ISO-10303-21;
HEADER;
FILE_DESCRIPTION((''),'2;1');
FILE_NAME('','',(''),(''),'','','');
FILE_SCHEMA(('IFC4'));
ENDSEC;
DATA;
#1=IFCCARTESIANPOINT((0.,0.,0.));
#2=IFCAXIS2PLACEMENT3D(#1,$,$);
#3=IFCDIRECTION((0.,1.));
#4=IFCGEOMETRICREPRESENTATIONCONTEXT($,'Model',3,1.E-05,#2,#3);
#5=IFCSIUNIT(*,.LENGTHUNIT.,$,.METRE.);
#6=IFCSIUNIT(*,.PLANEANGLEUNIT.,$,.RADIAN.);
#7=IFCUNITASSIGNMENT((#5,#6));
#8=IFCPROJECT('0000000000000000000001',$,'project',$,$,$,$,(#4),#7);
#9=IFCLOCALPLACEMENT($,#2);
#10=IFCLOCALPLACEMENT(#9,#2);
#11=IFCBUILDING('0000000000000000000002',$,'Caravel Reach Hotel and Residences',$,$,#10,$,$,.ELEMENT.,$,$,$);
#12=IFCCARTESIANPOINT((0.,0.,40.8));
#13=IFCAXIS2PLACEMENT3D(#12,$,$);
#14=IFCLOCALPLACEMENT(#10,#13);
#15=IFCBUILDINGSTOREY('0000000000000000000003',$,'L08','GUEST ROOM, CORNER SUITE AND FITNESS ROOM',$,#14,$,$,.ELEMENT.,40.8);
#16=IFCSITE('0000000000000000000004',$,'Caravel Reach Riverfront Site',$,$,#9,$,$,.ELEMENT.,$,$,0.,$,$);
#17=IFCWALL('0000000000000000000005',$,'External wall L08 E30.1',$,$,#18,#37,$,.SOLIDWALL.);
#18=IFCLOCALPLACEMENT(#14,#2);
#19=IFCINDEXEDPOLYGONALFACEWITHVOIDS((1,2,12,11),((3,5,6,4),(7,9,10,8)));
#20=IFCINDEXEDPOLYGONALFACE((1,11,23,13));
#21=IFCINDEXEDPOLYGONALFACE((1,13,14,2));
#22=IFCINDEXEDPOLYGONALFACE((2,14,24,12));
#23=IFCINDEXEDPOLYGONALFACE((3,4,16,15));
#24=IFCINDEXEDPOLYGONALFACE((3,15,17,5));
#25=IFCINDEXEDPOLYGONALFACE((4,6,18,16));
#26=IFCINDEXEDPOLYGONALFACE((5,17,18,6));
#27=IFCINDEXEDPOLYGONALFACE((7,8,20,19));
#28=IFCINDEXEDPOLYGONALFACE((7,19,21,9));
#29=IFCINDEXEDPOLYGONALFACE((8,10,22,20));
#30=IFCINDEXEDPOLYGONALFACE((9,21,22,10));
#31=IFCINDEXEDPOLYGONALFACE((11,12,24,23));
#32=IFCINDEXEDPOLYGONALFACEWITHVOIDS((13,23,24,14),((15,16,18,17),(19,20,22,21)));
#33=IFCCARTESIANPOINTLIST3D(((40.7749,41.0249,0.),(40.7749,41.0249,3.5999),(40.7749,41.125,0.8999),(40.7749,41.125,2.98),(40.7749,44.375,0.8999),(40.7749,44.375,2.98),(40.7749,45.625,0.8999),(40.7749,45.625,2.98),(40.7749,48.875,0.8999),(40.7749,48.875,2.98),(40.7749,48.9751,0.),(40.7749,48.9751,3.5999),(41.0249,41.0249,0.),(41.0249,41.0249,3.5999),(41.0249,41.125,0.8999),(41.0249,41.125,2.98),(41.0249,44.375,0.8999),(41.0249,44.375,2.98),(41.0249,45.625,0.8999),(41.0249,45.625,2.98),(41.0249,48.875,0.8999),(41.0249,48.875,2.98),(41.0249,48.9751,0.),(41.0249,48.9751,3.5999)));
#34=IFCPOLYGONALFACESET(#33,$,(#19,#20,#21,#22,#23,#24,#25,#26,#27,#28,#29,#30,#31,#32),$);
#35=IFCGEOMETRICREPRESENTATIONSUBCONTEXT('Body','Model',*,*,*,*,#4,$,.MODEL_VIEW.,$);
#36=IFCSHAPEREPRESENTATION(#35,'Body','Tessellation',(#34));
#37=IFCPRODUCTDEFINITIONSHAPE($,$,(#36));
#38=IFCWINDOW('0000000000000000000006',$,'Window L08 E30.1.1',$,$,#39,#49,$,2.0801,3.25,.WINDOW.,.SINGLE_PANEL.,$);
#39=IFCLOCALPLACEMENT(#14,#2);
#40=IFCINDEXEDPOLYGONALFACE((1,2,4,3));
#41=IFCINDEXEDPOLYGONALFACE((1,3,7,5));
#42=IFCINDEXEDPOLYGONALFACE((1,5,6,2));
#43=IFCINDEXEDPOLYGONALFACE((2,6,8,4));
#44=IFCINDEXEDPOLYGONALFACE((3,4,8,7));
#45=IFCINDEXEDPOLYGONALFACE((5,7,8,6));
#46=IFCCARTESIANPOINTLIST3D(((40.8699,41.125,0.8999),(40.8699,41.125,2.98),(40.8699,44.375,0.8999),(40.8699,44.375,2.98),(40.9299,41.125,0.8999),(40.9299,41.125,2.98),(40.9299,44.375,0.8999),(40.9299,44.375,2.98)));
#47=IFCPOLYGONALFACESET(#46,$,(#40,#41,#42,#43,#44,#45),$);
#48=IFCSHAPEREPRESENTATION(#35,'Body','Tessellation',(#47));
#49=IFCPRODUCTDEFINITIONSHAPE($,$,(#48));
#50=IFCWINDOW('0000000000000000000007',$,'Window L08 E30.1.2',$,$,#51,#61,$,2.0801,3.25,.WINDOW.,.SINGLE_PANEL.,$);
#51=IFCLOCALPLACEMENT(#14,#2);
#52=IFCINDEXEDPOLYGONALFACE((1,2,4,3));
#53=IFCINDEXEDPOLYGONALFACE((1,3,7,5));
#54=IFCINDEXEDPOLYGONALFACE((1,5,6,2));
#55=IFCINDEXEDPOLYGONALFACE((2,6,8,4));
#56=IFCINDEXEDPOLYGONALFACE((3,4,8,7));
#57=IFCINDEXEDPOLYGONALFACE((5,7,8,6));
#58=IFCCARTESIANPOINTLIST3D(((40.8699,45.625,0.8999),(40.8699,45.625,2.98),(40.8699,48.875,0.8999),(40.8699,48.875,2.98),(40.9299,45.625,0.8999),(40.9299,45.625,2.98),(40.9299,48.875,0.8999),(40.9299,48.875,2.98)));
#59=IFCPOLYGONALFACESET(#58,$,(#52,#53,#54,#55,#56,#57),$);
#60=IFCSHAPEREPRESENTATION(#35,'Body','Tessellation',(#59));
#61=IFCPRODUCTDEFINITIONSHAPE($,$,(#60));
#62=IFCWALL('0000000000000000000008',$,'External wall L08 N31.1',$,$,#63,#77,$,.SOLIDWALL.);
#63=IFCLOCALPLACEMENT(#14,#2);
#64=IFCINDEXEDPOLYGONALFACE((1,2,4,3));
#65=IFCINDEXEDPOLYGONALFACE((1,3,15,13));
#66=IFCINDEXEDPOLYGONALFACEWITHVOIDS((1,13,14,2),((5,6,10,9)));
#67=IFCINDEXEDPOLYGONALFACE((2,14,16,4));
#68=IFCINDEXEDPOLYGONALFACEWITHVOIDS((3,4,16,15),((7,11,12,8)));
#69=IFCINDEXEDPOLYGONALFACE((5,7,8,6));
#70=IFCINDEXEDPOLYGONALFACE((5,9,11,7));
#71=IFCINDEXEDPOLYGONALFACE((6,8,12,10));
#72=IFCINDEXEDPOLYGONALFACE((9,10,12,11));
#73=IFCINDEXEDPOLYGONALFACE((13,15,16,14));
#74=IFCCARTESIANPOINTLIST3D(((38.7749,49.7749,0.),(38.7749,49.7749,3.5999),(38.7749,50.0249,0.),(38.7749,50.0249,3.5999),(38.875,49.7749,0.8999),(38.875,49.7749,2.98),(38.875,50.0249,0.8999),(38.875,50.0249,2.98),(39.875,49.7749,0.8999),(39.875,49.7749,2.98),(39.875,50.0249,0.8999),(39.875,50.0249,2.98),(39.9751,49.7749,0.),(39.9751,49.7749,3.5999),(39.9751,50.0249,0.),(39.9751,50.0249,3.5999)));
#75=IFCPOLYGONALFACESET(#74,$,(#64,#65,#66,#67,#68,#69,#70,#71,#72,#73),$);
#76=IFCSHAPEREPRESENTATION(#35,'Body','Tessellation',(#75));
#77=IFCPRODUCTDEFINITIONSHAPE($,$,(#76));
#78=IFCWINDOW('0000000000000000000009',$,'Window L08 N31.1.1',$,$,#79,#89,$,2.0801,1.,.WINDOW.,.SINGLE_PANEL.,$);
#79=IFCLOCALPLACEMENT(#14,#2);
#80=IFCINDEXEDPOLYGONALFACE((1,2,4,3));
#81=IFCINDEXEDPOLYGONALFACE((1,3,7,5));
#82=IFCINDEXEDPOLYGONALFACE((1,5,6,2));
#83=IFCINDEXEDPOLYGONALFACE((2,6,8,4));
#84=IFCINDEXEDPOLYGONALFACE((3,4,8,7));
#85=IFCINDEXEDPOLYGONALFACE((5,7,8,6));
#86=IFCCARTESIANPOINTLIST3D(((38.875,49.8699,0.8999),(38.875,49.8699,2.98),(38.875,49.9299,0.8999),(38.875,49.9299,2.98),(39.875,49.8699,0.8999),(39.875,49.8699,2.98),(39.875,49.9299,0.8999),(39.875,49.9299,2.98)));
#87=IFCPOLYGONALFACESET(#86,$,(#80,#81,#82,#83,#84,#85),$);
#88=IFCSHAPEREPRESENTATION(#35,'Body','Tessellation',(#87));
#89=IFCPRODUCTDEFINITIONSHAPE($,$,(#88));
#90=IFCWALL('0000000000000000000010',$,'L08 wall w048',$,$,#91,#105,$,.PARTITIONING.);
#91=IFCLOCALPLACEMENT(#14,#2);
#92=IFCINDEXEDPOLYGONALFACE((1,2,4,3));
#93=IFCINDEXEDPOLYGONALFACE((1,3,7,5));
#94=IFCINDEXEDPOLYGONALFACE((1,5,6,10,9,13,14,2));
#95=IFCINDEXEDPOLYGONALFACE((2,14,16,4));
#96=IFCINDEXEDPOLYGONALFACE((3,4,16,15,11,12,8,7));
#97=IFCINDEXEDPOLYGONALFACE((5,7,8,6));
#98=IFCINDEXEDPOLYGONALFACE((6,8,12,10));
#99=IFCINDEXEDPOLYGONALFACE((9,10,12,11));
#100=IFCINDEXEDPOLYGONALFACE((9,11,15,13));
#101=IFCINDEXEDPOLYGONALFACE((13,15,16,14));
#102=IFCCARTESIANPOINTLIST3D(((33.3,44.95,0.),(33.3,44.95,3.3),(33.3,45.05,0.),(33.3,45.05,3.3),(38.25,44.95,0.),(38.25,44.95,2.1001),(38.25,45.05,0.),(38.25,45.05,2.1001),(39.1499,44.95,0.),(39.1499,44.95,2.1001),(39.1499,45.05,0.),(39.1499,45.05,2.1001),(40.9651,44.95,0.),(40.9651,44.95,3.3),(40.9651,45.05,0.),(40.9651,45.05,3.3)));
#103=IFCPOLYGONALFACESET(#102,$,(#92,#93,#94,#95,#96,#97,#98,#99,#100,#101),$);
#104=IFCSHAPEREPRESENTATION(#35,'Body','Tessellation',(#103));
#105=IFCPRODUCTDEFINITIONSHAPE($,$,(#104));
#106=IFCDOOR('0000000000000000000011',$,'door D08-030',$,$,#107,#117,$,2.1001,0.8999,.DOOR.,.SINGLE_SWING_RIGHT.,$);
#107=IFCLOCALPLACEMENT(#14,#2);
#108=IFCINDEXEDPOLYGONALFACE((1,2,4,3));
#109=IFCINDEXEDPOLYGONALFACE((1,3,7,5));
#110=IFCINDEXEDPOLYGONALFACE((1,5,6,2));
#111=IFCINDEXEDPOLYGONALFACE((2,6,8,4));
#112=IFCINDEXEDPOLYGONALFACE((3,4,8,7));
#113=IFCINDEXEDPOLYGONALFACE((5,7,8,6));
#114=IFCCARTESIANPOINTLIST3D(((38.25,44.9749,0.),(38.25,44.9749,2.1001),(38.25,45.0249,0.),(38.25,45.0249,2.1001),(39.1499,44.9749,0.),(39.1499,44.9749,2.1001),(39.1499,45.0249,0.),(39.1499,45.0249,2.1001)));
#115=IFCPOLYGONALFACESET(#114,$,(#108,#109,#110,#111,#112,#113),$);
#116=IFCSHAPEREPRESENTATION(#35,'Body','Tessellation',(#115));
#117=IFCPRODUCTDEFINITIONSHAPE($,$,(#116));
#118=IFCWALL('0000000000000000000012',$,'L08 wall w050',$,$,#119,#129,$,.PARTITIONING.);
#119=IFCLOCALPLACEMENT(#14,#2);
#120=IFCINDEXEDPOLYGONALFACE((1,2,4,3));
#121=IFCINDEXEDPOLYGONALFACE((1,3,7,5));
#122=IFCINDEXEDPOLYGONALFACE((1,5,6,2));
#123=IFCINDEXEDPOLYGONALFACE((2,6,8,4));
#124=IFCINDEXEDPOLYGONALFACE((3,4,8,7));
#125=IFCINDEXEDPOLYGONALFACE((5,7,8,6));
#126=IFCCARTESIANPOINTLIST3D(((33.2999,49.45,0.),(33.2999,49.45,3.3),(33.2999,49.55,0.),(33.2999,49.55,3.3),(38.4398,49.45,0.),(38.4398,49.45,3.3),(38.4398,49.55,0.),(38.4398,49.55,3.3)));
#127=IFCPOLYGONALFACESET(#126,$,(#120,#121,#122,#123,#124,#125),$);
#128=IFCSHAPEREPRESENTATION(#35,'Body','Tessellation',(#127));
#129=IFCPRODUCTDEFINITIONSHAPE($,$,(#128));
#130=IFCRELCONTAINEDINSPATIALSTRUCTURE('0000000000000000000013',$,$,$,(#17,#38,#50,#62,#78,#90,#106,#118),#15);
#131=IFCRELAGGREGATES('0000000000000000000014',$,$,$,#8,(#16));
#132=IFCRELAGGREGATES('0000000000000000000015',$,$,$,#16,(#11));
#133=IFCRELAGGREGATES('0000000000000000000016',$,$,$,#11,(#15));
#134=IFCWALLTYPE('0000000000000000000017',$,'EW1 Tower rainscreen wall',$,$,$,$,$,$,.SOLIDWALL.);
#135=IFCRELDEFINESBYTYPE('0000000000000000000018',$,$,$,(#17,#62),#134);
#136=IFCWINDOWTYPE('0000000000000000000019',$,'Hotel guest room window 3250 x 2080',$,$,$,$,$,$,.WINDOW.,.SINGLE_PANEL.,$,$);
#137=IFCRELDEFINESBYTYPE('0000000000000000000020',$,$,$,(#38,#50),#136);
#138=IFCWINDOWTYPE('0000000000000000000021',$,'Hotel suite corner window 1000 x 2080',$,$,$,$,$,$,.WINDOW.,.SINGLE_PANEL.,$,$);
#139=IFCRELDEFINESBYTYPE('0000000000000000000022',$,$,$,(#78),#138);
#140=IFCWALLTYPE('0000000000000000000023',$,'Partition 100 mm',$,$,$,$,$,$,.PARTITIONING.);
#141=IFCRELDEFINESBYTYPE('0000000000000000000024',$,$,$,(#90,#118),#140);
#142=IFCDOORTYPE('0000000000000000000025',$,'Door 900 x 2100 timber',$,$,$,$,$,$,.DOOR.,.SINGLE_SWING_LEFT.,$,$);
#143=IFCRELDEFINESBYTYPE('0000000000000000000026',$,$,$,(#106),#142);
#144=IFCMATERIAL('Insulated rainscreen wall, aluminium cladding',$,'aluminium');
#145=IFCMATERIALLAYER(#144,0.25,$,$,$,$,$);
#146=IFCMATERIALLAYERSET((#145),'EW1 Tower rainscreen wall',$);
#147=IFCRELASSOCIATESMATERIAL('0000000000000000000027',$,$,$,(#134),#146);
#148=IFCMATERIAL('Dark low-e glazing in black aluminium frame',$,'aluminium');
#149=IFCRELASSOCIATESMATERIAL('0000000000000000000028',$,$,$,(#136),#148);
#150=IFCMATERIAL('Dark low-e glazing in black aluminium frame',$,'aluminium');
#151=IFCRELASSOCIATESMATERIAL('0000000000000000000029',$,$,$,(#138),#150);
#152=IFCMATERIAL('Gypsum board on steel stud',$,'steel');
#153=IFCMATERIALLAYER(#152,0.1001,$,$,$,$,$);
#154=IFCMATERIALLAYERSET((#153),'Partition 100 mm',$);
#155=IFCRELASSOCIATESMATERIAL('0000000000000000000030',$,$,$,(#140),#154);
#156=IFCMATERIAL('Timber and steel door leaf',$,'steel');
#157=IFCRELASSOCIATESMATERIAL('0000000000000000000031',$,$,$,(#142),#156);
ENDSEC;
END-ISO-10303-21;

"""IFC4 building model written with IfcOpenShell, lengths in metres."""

from ifc_helpers import new_model, si_unit, direction, frame, frame_2d, origin, place, context, subcontext, project, spatial, rectangle, extrude, material, layer, layer_set, type_object, element, fill, save


model = new_model("IFC4")

# Units and contexts
model_context = context("Model", 3, precision=1e-05, world=origin(), true_north=direction((0.0, 1.0)))
body_context = subcontext(model_context, "Body", "Model", "MODEL_VIEW")
ifc_project = project(units=[si_unit("LENGTHUNIT", "METRE"), si_unit("PLANEANGLEUNIT", "RADIAN")], contexts=[model_context])

# Site, building, storey
site_placement = place(None, origin())
site = spatial("IfcSite", under=ifc_project, at=site_placement, Name="Caravel Reach Riverfront Site", CompositionType="ELEMENT", RefElevation=0.0)
building_placement = place(site_placement, origin())
building = spatial("IfcBuilding", under=site, at=building_placement, Name="Caravel Reach Hotel and Residences", CompositionType="ELEMENT")
storey_placement = place(building_placement, frame((0.0, 0.0, 40.8)))
storey = spatial("IfcBuildingStorey", under=building, at=storey_placement, Name="L08", Description="GUEST ROOM, CORNER SUITE AND FITNESS ROOM", CompositionType="ELEMENT", Elevation=40.8)

# Wall, openings, windows
ifc_material_1 = material(Name="Insulated rainscreen wall, aluminium cladding", Category="aluminium")
ifc_layer_1 = layer(ifc_material_1, 0.25)
ifc_layer_set_1 = layer_set([ifc_layer_1], Name="EW1 Tower rainscreen wall")
wall_type_1 = type_object("IfcWallType", Name="EW1 Tower rainscreen wall", PredefinedType="SOLIDWALL", material=ifc_layer_set_1)
wall_1_placement = place(storey_placement, frame((40.8999, 41.0249, 0.0), z_axis=(0.0, 0.0, 1.0), x_axis=(0.0, 1.0, 0.0)))
wall_1 = element("IfcWall", 1, at=wall_1_placement, inside=storey, type_object=wall_type_1, Name="External wall L08 E30.1", PredefinedType="SOLIDWALL", context=body_context, shape_type="SweptSolid", body=[
    extrude(rectangle(XDim=7.9502, YDim=0.25, at=frame_2d((3.9751, 0.0))), origin(), (0.0, 0.0, 1.0), 3.5999),
])
opening_1_placement = place(wall_1_placement, frame((0.1001, 0.0, 0.8999)))
opening_1 = element("IfcOpeningElement", 2, at=opening_1_placement, cuts=wall_1, PredefinedType="OPENING", context=body_context, shape_type="SweptSolid", body=[
    extrude(rectangle(XDim=3.25, YDim=2.0801, at=frame_2d((1.625, 1.04))), frame((0.0, 0.135, 0.0), z_axis=(0.0, -1.0, 0.0), x_axis=(1.0, 0.0, 0.0)), (0.0, 0.0, 1.0), 0.27),
])
opening_2_placement = place(wall_1_placement, frame((4.6001, 0.0, 0.8999)))
opening_2 = element("IfcOpeningElement", 3, at=opening_2_placement, cuts=wall_1, PredefinedType="OPENING", context=body_context, shape_type="SweptSolid", body=[
    extrude(rectangle(XDim=3.25, YDim=2.0801, at=frame_2d((1.625, 1.04))), frame((0.0, 0.135, 0.0), z_axis=(0.0, -1.0, 0.0), x_axis=(1.0, 0.0, 0.0)), (0.0, 0.0, 1.0), 0.27),
])
ifc_material_2 = material(Name="Dark low-e glazing in black aluminium frame", Category="aluminium")
window_type_1 = type_object("IfcWindowType", Name="Hotel guest room window 3250 x 2080", PartitioningType="SINGLE_PANEL", PredefinedType="WINDOW", material=ifc_material_2)
window_1_placement = place(opening_1_placement, origin())
window_1 = element("IfcWindow", 4, at=window_1_placement, inside=storey, type_object=window_type_1, Name="Window L08 E30.1.1", OverallHeight=2.0801, OverallWidth=3.25, PartitioningType="SINGLE_PANEL", PredefinedType="WINDOW", context=body_context, shape_type="SweptSolid", body=[
    extrude(rectangle(XDim=3.25, YDim=2.0801, at=frame_2d((1.625, 1.04))), frame((0.0, 0.03, 0.0), z_axis=(0.0, -1.0, 0.0), x_axis=(1.0, 0.0, 0.0)), (0.0, 0.0, 1.0), 0.0601),
])
fill(opening_1, window_1)
window_2_placement = place(opening_2_placement, origin())
window_2 = element("IfcWindow", 5, at=window_2_placement, inside=storey, type_object=window_type_1, Name="Window L08 E30.1.2", OverallHeight=2.0801, OverallWidth=3.25, PartitioningType="SINGLE_PANEL", PredefinedType="WINDOW", context=body_context, shape_type="SweptSolid", body=[
    extrude(rectangle(XDim=3.25, YDim=2.0801, at=frame_2d((1.625, 1.04))), frame((0.0, 0.03, 0.0), z_axis=(0.0, -1.0, 0.0), x_axis=(1.0, 0.0, 0.0)), (0.0, 0.0, 1.0), 0.0601),
])
fill(opening_2, window_2)

# Wall, opening, window
wall_2_placement = place(storey_placement, frame((39.9751, 49.8999, 0.0), z_axis=(0.0, 0.0, 1.0), x_axis=(-1.0, 0.0, 0.0)))
wall_2 = element("IfcWall", 6, at=wall_2_placement, inside=storey, type_object=wall_type_1, Name="External wall L08 N31.1", PredefinedType="SOLIDWALL", context=body_context, shape_type="SweptSolid", body=[
    extrude(rectangle(XDim=1.2002, YDim=0.25, at=frame_2d((0.6001, 0.0))), origin(), (0.0, 0.0, 1.0), 3.5999),
])
opening_3_placement = place(wall_2_placement, frame((0.1001, 0.0, 0.8999)))
opening_3 = element("IfcOpeningElement", 7, at=opening_3_placement, cuts=wall_2, PredefinedType="OPENING", context=body_context, shape_type="SweptSolid", body=[
    extrude(rectangle(XDim=1.0, YDim=2.0801, at=frame_2d((0.5, 1.04))), frame((0.0, 0.135, 0.0), z_axis=(0.0, -1.0, 0.0), x_axis=(1.0, 0.0, 0.0)), (0.0, 0.0, 1.0), 0.27),
])
ifc_material_3 = material(Name="Dark low-e glazing in black aluminium frame", Category="aluminium")
window_type_2 = type_object("IfcWindowType", Name="Hotel suite corner window 1000 x 2080", PartitioningType="SINGLE_PANEL", PredefinedType="WINDOW", material=ifc_material_3)
window_3_placement = place(opening_3_placement, origin())
window_3 = element("IfcWindow", 8, at=window_3_placement, inside=storey, type_object=window_type_2, Name="Window L08 N31.1.1", OverallHeight=2.0801, OverallWidth=1.0, PartitioningType="SINGLE_PANEL", PredefinedType="WINDOW", context=body_context, shape_type="SweptSolid", body=[
    extrude(rectangle(XDim=1.0, YDim=2.0801, at=frame_2d((0.5, 1.04))), frame((0.0, 0.03, 0.0), z_axis=(0.0, -1.0, 0.0), x_axis=(1.0, 0.0, 0.0)), (0.0, 0.0, 1.0), 0.0601),
])
fill(opening_3, window_3)

# Wall, opening, door
ifc_material_4 = material(Name="Gypsum board on steel stud", Category="steel")
ifc_layer_2 = layer(ifc_material_4, 0.1001)
ifc_layer_set_2 = layer_set([ifc_layer_2], Name="Partition 100 mm")
wall_type_2 = type_object("IfcWallType", Name="Partition 100 mm", PredefinedType="PARTITIONING", material=ifc_layer_set_2)
wall_3_placement = place(storey_placement, frame((33.3, 45.0, 0.0), z_axis=(0.0, 0.0, 1.0), x_axis=(1.0, 0.0, 0.0)))
wall_3 = element("IfcWall", 9, at=wall_3_placement, inside=storey, type_object=wall_type_2, Name="L08 wall w048", PredefinedType="PARTITIONING", context=body_context, shape_type="SweptSolid", body=[
    extrude(rectangle(XDim=7.665, YDim=0.1001, at=frame_2d((3.8325, 0.0))), origin(), (0.0, 0.0, 1.0), 3.3),
])
opening_4_placement = place(wall_3_placement, frame((4.95, 0.0, 0.0)))
opening_4 = element("IfcOpeningElement", 10, at=opening_4_placement, cuts=wall_3, PredefinedType="OPENING", context=body_context, shape_type="SweptSolid", body=[
    extrude(rectangle(XDim=0.8999, YDim=2.1001, at=frame_2d((0.45, 1.05))), frame((0.0, 0.0601, 0.0), z_axis=(0.0, -1.0, 0.0), x_axis=(1.0, 0.0, 0.0)), (0.0, 0.0, 1.0), 0.1201),
])
ifc_material_5 = material(Name="Timber and steel door leaf", Category="steel")
door_type_1 = type_object("IfcDoorType", Name="Door 900 x 2100 timber", OperationType="SINGLE_SWING_LEFT", PredefinedType="DOOR", material=ifc_material_5)
door_1_placement = place(opening_4_placement, origin())
door_1 = element("IfcDoor", 11, at=door_1_placement, inside=storey, type_object=door_type_1, Name="door D08-030", OperationType="SINGLE_SWING_RIGHT", OverallHeight=2.1001, OverallWidth=0.8999, PredefinedType="DOOR", context=body_context, shape_type="SweptSolid", body=[
    extrude(rectangle(XDim=0.8999, YDim=2.1001, at=frame_2d((0.45, 1.05))), frame((0.0, 0.0249, 0.0), z_axis=(0.0, -1.0, 0.0), x_axis=(1.0, 0.0, 0.0)), (0.0, 0.0, 1.0), 0.05),
])
fill(opening_4, door_1)

# Wall
wall_4_placement = place(storey_placement, frame((33.3, 49.5, 0.0), z_axis=(0.0, 0.0, 1.0), x_axis=(1.0, 0.0, 0.0)))
element("IfcWall", 12, at=wall_4_placement, inside=storey, type_object=wall_type_2, Name="L08 wall w050", PredefinedType="PARTITIONING", context=body_context, shape_type="SweptSolid", body=[
    extrude(rectangle(XDim=5.1399, YDim=0.1001, at=frame_2d((2.5698, 0.0))), origin(), (0.0, 0.0, 1.0), 3.3),
])

save(model, "model.ifc")
